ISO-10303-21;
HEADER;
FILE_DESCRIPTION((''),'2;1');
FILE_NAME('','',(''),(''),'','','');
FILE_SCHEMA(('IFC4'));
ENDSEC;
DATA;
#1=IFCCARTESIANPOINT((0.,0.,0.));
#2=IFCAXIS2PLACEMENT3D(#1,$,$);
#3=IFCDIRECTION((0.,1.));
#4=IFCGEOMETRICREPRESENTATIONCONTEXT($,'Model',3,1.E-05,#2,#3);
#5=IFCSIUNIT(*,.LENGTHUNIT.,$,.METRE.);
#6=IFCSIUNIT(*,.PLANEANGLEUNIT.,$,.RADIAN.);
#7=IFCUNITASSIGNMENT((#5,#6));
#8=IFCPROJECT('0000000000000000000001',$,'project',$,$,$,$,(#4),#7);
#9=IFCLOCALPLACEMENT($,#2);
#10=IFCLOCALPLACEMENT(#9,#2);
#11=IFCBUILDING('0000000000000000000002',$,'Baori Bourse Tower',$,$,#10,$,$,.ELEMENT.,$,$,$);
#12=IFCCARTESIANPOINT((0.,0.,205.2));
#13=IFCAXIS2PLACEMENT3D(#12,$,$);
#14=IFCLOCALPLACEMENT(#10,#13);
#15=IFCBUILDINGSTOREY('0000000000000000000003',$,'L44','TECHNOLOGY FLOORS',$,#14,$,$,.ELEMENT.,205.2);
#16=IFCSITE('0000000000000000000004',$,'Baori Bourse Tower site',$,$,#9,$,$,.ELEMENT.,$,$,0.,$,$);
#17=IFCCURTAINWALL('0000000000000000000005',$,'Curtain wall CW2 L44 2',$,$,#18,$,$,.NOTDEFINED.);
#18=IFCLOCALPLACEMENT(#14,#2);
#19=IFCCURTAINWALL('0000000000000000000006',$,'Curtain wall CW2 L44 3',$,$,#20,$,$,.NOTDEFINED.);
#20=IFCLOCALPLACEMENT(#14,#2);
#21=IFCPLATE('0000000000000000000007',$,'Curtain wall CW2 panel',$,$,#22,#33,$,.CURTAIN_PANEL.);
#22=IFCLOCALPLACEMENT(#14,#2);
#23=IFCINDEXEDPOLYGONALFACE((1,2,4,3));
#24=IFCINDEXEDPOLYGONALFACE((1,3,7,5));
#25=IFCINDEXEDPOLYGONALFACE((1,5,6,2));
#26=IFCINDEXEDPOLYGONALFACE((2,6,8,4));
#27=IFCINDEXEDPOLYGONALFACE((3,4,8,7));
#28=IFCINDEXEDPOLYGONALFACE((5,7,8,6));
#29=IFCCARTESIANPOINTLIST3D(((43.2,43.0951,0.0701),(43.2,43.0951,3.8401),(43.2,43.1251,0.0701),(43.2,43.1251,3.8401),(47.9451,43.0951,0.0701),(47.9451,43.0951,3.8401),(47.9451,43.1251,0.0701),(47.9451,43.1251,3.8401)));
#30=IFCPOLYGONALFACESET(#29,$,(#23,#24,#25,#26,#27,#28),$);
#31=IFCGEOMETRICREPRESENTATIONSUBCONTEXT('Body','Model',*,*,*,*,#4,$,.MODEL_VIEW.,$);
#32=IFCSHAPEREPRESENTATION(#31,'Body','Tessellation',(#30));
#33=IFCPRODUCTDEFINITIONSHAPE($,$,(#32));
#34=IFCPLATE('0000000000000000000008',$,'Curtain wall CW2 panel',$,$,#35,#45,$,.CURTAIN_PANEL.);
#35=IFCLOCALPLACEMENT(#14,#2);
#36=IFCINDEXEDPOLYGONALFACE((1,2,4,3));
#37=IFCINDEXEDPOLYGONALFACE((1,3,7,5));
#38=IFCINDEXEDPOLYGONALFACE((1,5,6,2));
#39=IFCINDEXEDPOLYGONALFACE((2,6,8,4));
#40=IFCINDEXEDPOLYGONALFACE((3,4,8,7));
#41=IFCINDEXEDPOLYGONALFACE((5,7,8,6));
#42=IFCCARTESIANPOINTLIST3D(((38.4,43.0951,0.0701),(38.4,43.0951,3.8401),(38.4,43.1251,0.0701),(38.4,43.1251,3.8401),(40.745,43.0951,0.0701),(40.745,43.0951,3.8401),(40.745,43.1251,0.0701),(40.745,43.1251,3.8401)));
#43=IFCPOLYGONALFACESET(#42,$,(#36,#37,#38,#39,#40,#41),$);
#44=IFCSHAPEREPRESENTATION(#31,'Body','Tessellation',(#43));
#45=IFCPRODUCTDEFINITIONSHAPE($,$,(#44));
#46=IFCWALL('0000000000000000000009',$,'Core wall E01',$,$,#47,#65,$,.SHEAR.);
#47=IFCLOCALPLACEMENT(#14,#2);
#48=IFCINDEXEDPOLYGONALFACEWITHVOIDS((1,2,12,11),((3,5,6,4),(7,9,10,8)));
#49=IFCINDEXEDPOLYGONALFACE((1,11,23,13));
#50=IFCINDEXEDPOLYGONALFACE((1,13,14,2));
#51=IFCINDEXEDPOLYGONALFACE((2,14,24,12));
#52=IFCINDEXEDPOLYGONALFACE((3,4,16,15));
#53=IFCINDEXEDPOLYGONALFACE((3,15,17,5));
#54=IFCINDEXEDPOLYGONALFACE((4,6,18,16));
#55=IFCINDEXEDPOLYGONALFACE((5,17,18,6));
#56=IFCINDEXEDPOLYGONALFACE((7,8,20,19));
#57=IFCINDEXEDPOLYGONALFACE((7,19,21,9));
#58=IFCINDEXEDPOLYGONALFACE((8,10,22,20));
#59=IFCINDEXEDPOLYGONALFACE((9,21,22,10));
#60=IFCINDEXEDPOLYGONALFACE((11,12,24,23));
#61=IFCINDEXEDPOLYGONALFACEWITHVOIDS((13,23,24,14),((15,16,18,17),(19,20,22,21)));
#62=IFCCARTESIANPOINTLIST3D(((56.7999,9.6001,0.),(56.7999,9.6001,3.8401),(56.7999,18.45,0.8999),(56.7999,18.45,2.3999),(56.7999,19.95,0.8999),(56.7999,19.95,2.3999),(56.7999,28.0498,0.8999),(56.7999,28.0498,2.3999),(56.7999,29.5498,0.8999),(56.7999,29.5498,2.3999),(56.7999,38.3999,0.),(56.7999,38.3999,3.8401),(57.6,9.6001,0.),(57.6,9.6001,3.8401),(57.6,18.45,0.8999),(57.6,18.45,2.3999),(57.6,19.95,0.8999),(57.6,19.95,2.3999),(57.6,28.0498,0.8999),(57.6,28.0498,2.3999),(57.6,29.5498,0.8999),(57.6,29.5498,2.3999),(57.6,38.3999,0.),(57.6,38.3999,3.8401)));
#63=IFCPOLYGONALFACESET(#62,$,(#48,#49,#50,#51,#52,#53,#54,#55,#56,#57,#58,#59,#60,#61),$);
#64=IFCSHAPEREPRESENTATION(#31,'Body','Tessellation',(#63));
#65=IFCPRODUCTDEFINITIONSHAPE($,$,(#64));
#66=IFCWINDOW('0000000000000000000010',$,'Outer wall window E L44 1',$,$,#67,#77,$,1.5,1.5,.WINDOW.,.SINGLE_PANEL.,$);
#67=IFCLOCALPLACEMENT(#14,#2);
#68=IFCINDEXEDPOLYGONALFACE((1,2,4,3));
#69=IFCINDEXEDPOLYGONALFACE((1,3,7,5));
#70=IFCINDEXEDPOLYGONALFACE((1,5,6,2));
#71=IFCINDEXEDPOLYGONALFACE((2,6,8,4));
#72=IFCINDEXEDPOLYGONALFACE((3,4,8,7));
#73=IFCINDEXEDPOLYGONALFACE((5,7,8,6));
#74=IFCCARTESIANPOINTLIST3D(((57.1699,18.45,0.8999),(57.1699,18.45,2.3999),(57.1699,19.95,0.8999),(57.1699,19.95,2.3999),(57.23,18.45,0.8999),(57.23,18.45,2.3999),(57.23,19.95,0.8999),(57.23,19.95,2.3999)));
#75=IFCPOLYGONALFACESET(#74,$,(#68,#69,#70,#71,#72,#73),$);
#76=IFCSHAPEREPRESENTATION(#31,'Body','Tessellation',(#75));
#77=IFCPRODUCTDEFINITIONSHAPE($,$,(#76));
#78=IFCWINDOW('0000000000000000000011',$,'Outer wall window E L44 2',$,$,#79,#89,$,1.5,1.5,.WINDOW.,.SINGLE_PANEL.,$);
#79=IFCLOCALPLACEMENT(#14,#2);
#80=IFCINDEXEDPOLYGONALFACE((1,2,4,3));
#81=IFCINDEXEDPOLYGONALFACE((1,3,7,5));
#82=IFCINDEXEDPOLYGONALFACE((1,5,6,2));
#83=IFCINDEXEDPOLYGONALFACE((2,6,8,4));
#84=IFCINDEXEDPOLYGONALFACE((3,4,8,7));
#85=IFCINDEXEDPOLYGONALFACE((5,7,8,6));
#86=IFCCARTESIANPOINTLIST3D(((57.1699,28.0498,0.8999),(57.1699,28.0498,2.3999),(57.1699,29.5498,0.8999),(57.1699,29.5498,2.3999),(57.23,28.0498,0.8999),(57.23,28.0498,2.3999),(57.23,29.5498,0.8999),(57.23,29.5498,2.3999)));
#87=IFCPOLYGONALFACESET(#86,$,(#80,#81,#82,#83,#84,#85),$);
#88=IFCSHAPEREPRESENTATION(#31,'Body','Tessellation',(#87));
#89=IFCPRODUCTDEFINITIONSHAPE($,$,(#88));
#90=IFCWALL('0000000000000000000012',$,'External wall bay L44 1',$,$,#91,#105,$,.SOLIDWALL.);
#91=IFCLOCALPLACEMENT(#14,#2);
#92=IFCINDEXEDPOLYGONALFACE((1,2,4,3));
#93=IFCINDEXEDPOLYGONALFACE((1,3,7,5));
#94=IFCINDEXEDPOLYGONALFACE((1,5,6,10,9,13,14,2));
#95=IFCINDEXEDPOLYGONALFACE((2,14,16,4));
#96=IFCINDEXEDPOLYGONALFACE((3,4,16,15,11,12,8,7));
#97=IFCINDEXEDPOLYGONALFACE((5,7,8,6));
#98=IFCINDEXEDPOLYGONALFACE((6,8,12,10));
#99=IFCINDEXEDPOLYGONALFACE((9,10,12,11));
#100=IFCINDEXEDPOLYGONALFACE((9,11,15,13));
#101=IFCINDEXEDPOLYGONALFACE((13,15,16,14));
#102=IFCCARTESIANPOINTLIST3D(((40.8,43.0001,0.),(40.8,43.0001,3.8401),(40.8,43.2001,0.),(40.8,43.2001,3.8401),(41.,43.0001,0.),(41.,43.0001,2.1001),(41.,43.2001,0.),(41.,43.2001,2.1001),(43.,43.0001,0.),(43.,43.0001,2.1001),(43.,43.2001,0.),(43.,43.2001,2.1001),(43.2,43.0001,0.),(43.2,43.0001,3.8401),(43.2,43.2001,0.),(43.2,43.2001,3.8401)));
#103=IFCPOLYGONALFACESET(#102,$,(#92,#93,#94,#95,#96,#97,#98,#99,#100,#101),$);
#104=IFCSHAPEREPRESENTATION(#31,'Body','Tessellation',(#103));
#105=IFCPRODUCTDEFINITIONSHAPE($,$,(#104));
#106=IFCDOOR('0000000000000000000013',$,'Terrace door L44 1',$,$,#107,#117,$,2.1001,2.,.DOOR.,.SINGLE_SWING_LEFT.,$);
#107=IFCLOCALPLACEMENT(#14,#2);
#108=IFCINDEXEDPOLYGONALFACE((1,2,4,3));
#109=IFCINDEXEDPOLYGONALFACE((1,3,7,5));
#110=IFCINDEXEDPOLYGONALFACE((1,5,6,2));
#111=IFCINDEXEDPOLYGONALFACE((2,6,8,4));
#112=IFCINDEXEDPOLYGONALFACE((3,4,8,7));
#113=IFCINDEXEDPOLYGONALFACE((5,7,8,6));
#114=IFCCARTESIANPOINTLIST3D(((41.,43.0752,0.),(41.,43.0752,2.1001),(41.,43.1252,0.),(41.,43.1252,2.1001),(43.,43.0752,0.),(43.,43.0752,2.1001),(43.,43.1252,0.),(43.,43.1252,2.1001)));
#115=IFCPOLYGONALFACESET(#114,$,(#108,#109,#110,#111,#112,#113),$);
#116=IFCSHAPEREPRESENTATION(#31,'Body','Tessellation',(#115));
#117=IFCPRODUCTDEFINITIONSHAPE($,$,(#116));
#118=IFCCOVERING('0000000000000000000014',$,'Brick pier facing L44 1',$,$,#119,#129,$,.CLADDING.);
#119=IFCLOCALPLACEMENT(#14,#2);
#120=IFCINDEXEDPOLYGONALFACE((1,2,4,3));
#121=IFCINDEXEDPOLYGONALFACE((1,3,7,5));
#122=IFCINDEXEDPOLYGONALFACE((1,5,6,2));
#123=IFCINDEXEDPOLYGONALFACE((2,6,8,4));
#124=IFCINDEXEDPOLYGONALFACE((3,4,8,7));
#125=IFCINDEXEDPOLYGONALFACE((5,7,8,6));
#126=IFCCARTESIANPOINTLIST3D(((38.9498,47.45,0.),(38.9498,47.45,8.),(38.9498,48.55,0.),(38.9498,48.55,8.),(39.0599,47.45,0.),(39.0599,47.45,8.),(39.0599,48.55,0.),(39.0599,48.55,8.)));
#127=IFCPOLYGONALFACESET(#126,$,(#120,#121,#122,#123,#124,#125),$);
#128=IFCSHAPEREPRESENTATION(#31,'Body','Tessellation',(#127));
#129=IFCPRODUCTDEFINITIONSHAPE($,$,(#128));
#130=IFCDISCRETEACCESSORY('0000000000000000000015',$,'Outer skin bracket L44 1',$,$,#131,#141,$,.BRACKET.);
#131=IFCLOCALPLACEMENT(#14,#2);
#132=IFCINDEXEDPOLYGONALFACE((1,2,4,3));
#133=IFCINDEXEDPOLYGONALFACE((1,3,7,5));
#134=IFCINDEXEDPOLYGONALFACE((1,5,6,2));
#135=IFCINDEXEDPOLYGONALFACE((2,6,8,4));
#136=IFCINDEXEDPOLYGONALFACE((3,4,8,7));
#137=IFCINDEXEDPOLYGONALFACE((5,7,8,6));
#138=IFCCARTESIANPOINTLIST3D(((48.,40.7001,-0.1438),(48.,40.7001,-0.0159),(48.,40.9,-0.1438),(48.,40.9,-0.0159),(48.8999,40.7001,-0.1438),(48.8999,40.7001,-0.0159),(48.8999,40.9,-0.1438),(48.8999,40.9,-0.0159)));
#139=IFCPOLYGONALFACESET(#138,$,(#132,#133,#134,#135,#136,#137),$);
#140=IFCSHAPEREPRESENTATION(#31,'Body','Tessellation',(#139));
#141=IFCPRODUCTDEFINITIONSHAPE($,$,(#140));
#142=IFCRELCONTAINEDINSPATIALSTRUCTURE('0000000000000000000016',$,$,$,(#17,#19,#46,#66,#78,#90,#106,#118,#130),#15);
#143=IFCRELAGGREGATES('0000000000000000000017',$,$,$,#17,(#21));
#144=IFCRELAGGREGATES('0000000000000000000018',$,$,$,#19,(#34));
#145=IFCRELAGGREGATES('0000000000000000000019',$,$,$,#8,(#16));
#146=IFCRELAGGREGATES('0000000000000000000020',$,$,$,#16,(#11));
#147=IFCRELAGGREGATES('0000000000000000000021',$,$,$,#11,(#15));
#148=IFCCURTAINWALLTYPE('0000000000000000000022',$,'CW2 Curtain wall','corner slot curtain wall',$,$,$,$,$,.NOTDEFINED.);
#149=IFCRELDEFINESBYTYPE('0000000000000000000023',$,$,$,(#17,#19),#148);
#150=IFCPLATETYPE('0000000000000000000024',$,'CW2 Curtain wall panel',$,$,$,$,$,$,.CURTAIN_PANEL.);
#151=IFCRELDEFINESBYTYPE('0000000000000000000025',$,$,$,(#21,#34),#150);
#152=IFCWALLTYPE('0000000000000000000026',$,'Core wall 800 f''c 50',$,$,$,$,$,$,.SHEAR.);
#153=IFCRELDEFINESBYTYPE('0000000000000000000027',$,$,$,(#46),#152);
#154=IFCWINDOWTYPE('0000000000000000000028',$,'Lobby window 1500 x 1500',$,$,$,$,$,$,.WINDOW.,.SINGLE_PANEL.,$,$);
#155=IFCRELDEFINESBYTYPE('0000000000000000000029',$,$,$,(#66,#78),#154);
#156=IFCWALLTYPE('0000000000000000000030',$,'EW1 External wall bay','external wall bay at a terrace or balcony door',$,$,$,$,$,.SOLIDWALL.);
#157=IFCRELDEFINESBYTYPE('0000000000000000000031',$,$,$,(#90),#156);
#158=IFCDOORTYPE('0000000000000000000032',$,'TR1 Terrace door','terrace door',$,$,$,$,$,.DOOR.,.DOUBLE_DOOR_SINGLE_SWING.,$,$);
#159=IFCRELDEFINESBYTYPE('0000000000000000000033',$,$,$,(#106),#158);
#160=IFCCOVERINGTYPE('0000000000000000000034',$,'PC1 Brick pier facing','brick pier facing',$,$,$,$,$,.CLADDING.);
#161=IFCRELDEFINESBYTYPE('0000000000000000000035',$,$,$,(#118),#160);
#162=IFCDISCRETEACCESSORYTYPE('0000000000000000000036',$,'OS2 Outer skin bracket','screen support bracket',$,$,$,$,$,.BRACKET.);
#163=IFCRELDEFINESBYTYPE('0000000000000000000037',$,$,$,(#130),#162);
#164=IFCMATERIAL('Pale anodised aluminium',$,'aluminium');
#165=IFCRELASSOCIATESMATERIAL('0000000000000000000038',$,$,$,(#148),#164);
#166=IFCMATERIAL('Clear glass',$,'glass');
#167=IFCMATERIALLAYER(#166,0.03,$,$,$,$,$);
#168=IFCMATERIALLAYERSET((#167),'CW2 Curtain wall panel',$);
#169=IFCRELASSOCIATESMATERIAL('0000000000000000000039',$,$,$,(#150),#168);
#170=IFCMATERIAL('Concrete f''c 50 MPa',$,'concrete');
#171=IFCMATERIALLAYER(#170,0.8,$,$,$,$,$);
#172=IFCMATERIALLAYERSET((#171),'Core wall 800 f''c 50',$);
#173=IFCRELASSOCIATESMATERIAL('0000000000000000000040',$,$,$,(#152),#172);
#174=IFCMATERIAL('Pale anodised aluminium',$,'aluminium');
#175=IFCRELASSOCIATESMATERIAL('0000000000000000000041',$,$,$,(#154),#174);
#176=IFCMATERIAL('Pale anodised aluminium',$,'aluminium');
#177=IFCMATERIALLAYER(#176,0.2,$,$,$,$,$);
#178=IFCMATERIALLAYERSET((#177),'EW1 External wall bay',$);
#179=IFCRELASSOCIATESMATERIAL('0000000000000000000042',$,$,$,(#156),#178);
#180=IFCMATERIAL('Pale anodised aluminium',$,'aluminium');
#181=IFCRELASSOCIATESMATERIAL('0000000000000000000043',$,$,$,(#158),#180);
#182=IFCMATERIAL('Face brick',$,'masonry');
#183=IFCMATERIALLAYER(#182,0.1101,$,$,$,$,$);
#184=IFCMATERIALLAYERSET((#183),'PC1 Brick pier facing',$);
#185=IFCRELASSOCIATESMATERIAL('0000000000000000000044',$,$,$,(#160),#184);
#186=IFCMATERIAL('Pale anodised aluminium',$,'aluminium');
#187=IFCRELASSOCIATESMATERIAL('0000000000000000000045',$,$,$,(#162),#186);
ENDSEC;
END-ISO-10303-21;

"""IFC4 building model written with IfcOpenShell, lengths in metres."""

from ifc_helpers import new_model, si_unit, direction, frame, frame_2d, origin, origin_2d, place, context, subcontext, project, spatial, rectangle, extrude, material, layer, layer_set, type_object, element, fill, aggregate, save


model = new_model("IFC4")

# Units and contexts
model_context = context("Model", 3, precision=1e-05, world=origin(), true_north=direction((0.0, 1.0)))
body_context = subcontext(model_context, "Body", "Model", "MODEL_VIEW")
ifc_project = project(units=[si_unit("LENGTHUNIT", "METRE"), si_unit("PLANEANGLEUNIT", "RADIAN")], contexts=[model_context])

# Site, building, storey
site_placement = place(None, origin())
site = spatial("IfcSite", under=ifc_project, at=site_placement, Name="Baori Bourse Tower site", CompositionType="ELEMENT", RefElevation=0.0)
building_placement = place(site_placement, origin())
building = spatial("IfcBuilding", under=site, at=building_placement, Name="Baori Bourse Tower", CompositionType="ELEMENT")
storey_placement = place(building_placement, frame((0.0, 0.0, 205.2)))
storey = spatial("IfcBuildingStorey", under=building, at=storey_placement, Name="L44", Description="TECHNOLOGY FLOORS", CompositionType="ELEMENT", Elevation=205.2)

# Curtain walls
ifc_material_1 = material(Name="Pale anodised aluminium", Category="aluminium")
curtain_wall_type = type_object("IfcCurtainWallType", Name="CW2 Curtain wall", Description="corner slot curtain wall", PredefinedType="NOTDEFINED", material=ifc_material_1)
curtain_wall_1_placement = place(storey_placement, origin())
curtain_wall_1 = element("IfcCurtainWall", 1, at=curtain_wall_1_placement, inside=storey, type_object=curtain_wall_type, Name="Curtain wall CW2 L44 2", PredefinedType="NOTDEFINED")
curtain_wall_2_placement = place(storey_placement, origin())
curtain_wall_2 = element("IfcCurtainWall", 2, at=curtain_wall_2_placement, inside=storey, type_object=curtain_wall_type, Name="Curtain wall CW2 L44 3", PredefinedType="NOTDEFINED")

# Plates
ifc_material_2 = material(Name="Clear glass", Category="glass")
ifc_layer_1 = layer(ifc_material_2, 0.03)
ifc_layer_set_1 = layer_set([ifc_layer_1], Name="CW2 Curtain wall panel")
plate_type = type_object("IfcPlateType", Name="CW2 Curtain wall panel", PredefinedType="CURTAIN_PANEL", material=ifc_layer_set_1)
plate_1_placement = place(storey_placement, frame((45.5725, 43.1101, 0.0701), z_axis=(0.0, 0.0, 1.0), x_axis=(-1.0, 0.0, 0.0)))
plate_1 = element("IfcPlate", 3, at=plate_1_placement, type_object=plate_type, Name="Curtain wall CW2 panel", PredefinedType="CURTAIN_PANEL", context=body_context, shape_type="SweptSolid", body=[
    extrude(rectangle(XDim=4.7451, YDim=0.03, at=origin_2d()), origin(), (0.0, 0.0, 1.0), 3.77),
])
aggregate(curtain_wall_1, [plate_1])
plate_2_placement = place(storey_placement, frame((39.5725, 43.1101, 0.0701), z_axis=(0.0, 0.0, 1.0), x_axis=(-1.0, 0.0, 0.0)))
plate_2 = element("IfcPlate", 4, at=plate_2_placement, type_object=plate_type, Name="Curtain wall CW2 panel", PredefinedType="CURTAIN_PANEL", context=body_context, shape_type="SweptSolid", body=[
    extrude(rectangle(XDim=2.345, YDim=0.03, at=origin_2d()), origin(), (0.0, 0.0, 1.0), 3.77),
])
aggregate(curtain_wall_2, [plate_2])

# Wall, openings, windows
ifc_material_3 = material(Name="Concrete f'c 50 MPa", Category="concrete")
ifc_layer_2 = layer(ifc_material_3, 0.8)
ifc_layer_set_2 = layer_set([ifc_layer_2], Name="Core wall 800 f'c 50")
wall_type_1 = type_object("IfcWallType", Name="Core wall 800 f'c 50", PredefinedType="SHEAR", material=ifc_layer_set_2)
wall_1_placement = place(storey_placement, frame((57.2, 38.3999, 0.0), z_axis=(0.0, 0.0, 1.0), x_axis=(0.0, -1.0, 0.0)))
wall_1 = element("IfcWall", 5, at=wall_1_placement, inside=storey, type_object=wall_type_1, Name="Core wall E01", PredefinedType="SHEAR", context=body_context, shape_type="SweptSolid", body=[
    extrude(rectangle(XDim=28.7998, YDim=0.8, at=frame_2d((14.3999, 0.0))), origin(), (0.0, 0.0, 1.0), 3.8401),
])
opening_1_placement = place(wall_1_placement, frame((18.45, 0.0, 0.8999)))
opening_1 = element("IfcOpeningElement", 6, at=opening_1_placement, cuts=wall_1, PredefinedType="OPENING", context=body_context, shape_type="SweptSolid", body=[
    extrude(rectangle(XDim=1.5, YDim=1.5, at=frame_2d((0.75, 0.75))), frame((0.0, 0.4099, 0.0), z_axis=(0.0, -1.0, 0.0), x_axis=(1.0, 0.0, 0.0)), (0.0, 0.0, 1.0), 0.8201),
])
opening_2_placement = place(wall_1_placement, frame((8.8501, 0.0, 0.8999)))
opening_2 = element("IfcOpeningElement", 7, at=opening_2_placement, cuts=wall_1, PredefinedType="OPENING", context=body_context, shape_type="SweptSolid", body=[
    extrude(rectangle(XDim=1.5, YDim=1.5, at=frame_2d((0.75, 0.75))), frame((0.0, 0.4099, 0.0), z_axis=(0.0, -1.0, 0.0), x_axis=(1.0, 0.0, 0.0)), (0.0, 0.0, 1.0), 0.8201),
])
ifc_material_4 = material(Name="Pale anodised aluminium", Category="aluminium")
window_type = type_object("IfcWindowType", Name="Lobby window 1500 x 1500", PartitioningType="SINGLE_PANEL", PredefinedType="WINDOW", material=ifc_material_4)
window_1_placement = place(opening_1_placement, origin())
window_1 = element("IfcWindow", 8, at=window_1_placement, inside=storey, type_object=window_type, Name="Outer wall window E L44 1", OverallHeight=1.5, OverallWidth=1.5, PartitioningType="SINGLE_PANEL", PredefinedType="WINDOW", context=body_context, shape_type="SweptSolid", body=[
    extrude(rectangle(XDim=1.5, YDim=1.5, at=frame_2d((0.75, 0.75))), frame((0.0, 0.03, 0.0), z_axis=(0.0, -1.0, 0.0), x_axis=(1.0, 0.0, 0.0)), (0.0, 0.0, 1.0), 0.0601),
])
fill(opening_1, window_1)
window_2_placement = place(opening_2_placement, origin())
window_2 = element("IfcWindow", 9, at=window_2_placement, inside=storey, type_object=window_type, Name="Outer wall window E L44 2", OverallHeight=1.5, OverallWidth=1.5, PartitioningType="SINGLE_PANEL", PredefinedType="WINDOW", context=body_context, shape_type="SweptSolid", body=[
    extrude(rectangle(XDim=1.5, YDim=1.5, at=frame_2d((0.75, 0.75))), frame((0.0, 0.03, 0.0), z_axis=(0.0, -1.0, 0.0), x_axis=(1.0, 0.0, 0.0)), (0.0, 0.0, 1.0), 0.0601),
])
fill(opening_2, window_2)

# Wall, opening, door
ifc_material_5 = material(Name="Pale anodised aluminium", Category="aluminium")
ifc_layer_3 = layer(ifc_material_5, 0.2)
ifc_layer_set_3 = layer_set([ifc_layer_3], Name="EW1 External wall bay")
wall_type_2 = type_object("IfcWallType", Name="EW1 External wall bay", Description="external wall bay at a terrace or balcony door", PredefinedType="SOLIDWALL", material=ifc_layer_set_3)
wall_2_placement = place(storey_placement, frame((43.2, 43.1001, 0.0), z_axis=(0.0, 0.0, 1.0), x_axis=(-1.0, 0.0, 0.0)))
wall_2 = element("IfcWall", 10, at=wall_2_placement, inside=storey, type_object=wall_type_2, Name="External wall bay L44 1", PredefinedType="SOLIDWALL", context=body_context, shape_type="SweptSolid", body=[
    extrude(rectangle(XDim=2.3999, YDim=0.2, at=frame_2d((1.2, 0.0))), origin(), (0.0, 0.0, 1.0), 3.8401),
])
opening_3_placement = place(wall_2_placement, frame((0.2, 0.0, 0.0)))
opening_3 = element("IfcOpeningElement", 11, at=opening_3_placement, cuts=wall_2, PredefinedType="OPENING", context=body_context, shape_type="SweptSolid", body=[
    extrude(rectangle(XDim=2.0, YDim=2.1001, at=frame_2d((1.0, 1.05))), frame((0.0, 0.1099, 0.0), z_axis=(0.0, -1.0, 0.0), x_axis=(1.0, 0.0, 0.0)), (0.0, 0.0, 1.0), 0.22),
])
ifc_material_6 = material(Name="Pale anodised aluminium", Category="aluminium")
door_type = type_object("IfcDoorType", Name="TR1 Terrace door", Description="terrace door", OperationType="DOUBLE_DOOR_SINGLE_SWING", PredefinedType="DOOR", material=ifc_material_6)
door_placement = place(opening_3_placement, origin())
door = element("IfcDoor", 12, at=door_placement, inside=storey, type_object=door_type, Name="Terrace door L44 1", OperationType="SINGLE_SWING_LEFT", OverallHeight=2.1001, OverallWidth=2.0, PredefinedType="DOOR", context=body_context, shape_type="SweptSolid", body=[
    extrude(rectangle(XDim=2.0, YDim=2.1001, at=frame_2d((1.0, 1.05))), frame((0.0, 0.0249, 0.0), z_axis=(0.0, -1.0, 0.0), x_axis=(1.0, 0.0, 0.0)), (0.0, 0.0, 1.0), 0.05),
])
fill(opening_3, door)

# Covering
ifc_material_7 = material(Name="Face brick", Category="masonry")
ifc_layer_4 = layer(ifc_material_7, 0.1101)
ifc_layer_set_4 = layer_set([ifc_layer_4], Name="PC1 Brick pier facing")
covering_type = type_object("IfcCoveringType", Name="PC1 Brick pier facing", Description="brick pier facing", PredefinedType="CLADDING", material=ifc_layer_set_4)
covering_placement = place(storey_placement, frame((39.0049, 48.0, 0.0), z_axis=(0.0, 0.0, 1.0), x_axis=(1.0, 0.0, 0.0)))
element("IfcCovering", 13, at=covering_placement, inside=storey, type_object=covering_type, Name="Brick pier facing L44 1", PredefinedType="CLADDING", context=body_context, shape_type="SweptSolid", body=[
    extrude(rectangle(XDim=0.1101, YDim=1.1001, at=origin_2d()), origin(), (0.0, 0.0, 1.0), 8.0),
])

# Discrete accessory
ifc_material_8 = material(Name="Pale anodised aluminium", Category="aluminium")
discrete_accessory_type = type_object("IfcDiscreteAccessoryType", Name="OS2 Outer skin bracket", Description="screen support bracket", PredefinedType="BRACKET", material=ifc_material_8)
discrete_accessory_placement = place(storey_placement, frame((48.45, 40.8, -0.1438), z_axis=(0.0, 0.0, 1.0), x_axis=(0.0, 1.0, 0.0)))
element("IfcDiscreteAccessory", 14, at=discrete_accessory_placement, inside=storey, type_object=discrete_accessory_type, Name="Outer skin bracket L44 1", PredefinedType="BRACKET", context=body_context, shape_type="SweptSolid", body=[
    extrude(rectangle(XDim=0.2, YDim=0.8999, at=origin_2d()), origin(), (0.0, 0.0, 1.0), 0.1279),
])

save(model, "model.ifc")
